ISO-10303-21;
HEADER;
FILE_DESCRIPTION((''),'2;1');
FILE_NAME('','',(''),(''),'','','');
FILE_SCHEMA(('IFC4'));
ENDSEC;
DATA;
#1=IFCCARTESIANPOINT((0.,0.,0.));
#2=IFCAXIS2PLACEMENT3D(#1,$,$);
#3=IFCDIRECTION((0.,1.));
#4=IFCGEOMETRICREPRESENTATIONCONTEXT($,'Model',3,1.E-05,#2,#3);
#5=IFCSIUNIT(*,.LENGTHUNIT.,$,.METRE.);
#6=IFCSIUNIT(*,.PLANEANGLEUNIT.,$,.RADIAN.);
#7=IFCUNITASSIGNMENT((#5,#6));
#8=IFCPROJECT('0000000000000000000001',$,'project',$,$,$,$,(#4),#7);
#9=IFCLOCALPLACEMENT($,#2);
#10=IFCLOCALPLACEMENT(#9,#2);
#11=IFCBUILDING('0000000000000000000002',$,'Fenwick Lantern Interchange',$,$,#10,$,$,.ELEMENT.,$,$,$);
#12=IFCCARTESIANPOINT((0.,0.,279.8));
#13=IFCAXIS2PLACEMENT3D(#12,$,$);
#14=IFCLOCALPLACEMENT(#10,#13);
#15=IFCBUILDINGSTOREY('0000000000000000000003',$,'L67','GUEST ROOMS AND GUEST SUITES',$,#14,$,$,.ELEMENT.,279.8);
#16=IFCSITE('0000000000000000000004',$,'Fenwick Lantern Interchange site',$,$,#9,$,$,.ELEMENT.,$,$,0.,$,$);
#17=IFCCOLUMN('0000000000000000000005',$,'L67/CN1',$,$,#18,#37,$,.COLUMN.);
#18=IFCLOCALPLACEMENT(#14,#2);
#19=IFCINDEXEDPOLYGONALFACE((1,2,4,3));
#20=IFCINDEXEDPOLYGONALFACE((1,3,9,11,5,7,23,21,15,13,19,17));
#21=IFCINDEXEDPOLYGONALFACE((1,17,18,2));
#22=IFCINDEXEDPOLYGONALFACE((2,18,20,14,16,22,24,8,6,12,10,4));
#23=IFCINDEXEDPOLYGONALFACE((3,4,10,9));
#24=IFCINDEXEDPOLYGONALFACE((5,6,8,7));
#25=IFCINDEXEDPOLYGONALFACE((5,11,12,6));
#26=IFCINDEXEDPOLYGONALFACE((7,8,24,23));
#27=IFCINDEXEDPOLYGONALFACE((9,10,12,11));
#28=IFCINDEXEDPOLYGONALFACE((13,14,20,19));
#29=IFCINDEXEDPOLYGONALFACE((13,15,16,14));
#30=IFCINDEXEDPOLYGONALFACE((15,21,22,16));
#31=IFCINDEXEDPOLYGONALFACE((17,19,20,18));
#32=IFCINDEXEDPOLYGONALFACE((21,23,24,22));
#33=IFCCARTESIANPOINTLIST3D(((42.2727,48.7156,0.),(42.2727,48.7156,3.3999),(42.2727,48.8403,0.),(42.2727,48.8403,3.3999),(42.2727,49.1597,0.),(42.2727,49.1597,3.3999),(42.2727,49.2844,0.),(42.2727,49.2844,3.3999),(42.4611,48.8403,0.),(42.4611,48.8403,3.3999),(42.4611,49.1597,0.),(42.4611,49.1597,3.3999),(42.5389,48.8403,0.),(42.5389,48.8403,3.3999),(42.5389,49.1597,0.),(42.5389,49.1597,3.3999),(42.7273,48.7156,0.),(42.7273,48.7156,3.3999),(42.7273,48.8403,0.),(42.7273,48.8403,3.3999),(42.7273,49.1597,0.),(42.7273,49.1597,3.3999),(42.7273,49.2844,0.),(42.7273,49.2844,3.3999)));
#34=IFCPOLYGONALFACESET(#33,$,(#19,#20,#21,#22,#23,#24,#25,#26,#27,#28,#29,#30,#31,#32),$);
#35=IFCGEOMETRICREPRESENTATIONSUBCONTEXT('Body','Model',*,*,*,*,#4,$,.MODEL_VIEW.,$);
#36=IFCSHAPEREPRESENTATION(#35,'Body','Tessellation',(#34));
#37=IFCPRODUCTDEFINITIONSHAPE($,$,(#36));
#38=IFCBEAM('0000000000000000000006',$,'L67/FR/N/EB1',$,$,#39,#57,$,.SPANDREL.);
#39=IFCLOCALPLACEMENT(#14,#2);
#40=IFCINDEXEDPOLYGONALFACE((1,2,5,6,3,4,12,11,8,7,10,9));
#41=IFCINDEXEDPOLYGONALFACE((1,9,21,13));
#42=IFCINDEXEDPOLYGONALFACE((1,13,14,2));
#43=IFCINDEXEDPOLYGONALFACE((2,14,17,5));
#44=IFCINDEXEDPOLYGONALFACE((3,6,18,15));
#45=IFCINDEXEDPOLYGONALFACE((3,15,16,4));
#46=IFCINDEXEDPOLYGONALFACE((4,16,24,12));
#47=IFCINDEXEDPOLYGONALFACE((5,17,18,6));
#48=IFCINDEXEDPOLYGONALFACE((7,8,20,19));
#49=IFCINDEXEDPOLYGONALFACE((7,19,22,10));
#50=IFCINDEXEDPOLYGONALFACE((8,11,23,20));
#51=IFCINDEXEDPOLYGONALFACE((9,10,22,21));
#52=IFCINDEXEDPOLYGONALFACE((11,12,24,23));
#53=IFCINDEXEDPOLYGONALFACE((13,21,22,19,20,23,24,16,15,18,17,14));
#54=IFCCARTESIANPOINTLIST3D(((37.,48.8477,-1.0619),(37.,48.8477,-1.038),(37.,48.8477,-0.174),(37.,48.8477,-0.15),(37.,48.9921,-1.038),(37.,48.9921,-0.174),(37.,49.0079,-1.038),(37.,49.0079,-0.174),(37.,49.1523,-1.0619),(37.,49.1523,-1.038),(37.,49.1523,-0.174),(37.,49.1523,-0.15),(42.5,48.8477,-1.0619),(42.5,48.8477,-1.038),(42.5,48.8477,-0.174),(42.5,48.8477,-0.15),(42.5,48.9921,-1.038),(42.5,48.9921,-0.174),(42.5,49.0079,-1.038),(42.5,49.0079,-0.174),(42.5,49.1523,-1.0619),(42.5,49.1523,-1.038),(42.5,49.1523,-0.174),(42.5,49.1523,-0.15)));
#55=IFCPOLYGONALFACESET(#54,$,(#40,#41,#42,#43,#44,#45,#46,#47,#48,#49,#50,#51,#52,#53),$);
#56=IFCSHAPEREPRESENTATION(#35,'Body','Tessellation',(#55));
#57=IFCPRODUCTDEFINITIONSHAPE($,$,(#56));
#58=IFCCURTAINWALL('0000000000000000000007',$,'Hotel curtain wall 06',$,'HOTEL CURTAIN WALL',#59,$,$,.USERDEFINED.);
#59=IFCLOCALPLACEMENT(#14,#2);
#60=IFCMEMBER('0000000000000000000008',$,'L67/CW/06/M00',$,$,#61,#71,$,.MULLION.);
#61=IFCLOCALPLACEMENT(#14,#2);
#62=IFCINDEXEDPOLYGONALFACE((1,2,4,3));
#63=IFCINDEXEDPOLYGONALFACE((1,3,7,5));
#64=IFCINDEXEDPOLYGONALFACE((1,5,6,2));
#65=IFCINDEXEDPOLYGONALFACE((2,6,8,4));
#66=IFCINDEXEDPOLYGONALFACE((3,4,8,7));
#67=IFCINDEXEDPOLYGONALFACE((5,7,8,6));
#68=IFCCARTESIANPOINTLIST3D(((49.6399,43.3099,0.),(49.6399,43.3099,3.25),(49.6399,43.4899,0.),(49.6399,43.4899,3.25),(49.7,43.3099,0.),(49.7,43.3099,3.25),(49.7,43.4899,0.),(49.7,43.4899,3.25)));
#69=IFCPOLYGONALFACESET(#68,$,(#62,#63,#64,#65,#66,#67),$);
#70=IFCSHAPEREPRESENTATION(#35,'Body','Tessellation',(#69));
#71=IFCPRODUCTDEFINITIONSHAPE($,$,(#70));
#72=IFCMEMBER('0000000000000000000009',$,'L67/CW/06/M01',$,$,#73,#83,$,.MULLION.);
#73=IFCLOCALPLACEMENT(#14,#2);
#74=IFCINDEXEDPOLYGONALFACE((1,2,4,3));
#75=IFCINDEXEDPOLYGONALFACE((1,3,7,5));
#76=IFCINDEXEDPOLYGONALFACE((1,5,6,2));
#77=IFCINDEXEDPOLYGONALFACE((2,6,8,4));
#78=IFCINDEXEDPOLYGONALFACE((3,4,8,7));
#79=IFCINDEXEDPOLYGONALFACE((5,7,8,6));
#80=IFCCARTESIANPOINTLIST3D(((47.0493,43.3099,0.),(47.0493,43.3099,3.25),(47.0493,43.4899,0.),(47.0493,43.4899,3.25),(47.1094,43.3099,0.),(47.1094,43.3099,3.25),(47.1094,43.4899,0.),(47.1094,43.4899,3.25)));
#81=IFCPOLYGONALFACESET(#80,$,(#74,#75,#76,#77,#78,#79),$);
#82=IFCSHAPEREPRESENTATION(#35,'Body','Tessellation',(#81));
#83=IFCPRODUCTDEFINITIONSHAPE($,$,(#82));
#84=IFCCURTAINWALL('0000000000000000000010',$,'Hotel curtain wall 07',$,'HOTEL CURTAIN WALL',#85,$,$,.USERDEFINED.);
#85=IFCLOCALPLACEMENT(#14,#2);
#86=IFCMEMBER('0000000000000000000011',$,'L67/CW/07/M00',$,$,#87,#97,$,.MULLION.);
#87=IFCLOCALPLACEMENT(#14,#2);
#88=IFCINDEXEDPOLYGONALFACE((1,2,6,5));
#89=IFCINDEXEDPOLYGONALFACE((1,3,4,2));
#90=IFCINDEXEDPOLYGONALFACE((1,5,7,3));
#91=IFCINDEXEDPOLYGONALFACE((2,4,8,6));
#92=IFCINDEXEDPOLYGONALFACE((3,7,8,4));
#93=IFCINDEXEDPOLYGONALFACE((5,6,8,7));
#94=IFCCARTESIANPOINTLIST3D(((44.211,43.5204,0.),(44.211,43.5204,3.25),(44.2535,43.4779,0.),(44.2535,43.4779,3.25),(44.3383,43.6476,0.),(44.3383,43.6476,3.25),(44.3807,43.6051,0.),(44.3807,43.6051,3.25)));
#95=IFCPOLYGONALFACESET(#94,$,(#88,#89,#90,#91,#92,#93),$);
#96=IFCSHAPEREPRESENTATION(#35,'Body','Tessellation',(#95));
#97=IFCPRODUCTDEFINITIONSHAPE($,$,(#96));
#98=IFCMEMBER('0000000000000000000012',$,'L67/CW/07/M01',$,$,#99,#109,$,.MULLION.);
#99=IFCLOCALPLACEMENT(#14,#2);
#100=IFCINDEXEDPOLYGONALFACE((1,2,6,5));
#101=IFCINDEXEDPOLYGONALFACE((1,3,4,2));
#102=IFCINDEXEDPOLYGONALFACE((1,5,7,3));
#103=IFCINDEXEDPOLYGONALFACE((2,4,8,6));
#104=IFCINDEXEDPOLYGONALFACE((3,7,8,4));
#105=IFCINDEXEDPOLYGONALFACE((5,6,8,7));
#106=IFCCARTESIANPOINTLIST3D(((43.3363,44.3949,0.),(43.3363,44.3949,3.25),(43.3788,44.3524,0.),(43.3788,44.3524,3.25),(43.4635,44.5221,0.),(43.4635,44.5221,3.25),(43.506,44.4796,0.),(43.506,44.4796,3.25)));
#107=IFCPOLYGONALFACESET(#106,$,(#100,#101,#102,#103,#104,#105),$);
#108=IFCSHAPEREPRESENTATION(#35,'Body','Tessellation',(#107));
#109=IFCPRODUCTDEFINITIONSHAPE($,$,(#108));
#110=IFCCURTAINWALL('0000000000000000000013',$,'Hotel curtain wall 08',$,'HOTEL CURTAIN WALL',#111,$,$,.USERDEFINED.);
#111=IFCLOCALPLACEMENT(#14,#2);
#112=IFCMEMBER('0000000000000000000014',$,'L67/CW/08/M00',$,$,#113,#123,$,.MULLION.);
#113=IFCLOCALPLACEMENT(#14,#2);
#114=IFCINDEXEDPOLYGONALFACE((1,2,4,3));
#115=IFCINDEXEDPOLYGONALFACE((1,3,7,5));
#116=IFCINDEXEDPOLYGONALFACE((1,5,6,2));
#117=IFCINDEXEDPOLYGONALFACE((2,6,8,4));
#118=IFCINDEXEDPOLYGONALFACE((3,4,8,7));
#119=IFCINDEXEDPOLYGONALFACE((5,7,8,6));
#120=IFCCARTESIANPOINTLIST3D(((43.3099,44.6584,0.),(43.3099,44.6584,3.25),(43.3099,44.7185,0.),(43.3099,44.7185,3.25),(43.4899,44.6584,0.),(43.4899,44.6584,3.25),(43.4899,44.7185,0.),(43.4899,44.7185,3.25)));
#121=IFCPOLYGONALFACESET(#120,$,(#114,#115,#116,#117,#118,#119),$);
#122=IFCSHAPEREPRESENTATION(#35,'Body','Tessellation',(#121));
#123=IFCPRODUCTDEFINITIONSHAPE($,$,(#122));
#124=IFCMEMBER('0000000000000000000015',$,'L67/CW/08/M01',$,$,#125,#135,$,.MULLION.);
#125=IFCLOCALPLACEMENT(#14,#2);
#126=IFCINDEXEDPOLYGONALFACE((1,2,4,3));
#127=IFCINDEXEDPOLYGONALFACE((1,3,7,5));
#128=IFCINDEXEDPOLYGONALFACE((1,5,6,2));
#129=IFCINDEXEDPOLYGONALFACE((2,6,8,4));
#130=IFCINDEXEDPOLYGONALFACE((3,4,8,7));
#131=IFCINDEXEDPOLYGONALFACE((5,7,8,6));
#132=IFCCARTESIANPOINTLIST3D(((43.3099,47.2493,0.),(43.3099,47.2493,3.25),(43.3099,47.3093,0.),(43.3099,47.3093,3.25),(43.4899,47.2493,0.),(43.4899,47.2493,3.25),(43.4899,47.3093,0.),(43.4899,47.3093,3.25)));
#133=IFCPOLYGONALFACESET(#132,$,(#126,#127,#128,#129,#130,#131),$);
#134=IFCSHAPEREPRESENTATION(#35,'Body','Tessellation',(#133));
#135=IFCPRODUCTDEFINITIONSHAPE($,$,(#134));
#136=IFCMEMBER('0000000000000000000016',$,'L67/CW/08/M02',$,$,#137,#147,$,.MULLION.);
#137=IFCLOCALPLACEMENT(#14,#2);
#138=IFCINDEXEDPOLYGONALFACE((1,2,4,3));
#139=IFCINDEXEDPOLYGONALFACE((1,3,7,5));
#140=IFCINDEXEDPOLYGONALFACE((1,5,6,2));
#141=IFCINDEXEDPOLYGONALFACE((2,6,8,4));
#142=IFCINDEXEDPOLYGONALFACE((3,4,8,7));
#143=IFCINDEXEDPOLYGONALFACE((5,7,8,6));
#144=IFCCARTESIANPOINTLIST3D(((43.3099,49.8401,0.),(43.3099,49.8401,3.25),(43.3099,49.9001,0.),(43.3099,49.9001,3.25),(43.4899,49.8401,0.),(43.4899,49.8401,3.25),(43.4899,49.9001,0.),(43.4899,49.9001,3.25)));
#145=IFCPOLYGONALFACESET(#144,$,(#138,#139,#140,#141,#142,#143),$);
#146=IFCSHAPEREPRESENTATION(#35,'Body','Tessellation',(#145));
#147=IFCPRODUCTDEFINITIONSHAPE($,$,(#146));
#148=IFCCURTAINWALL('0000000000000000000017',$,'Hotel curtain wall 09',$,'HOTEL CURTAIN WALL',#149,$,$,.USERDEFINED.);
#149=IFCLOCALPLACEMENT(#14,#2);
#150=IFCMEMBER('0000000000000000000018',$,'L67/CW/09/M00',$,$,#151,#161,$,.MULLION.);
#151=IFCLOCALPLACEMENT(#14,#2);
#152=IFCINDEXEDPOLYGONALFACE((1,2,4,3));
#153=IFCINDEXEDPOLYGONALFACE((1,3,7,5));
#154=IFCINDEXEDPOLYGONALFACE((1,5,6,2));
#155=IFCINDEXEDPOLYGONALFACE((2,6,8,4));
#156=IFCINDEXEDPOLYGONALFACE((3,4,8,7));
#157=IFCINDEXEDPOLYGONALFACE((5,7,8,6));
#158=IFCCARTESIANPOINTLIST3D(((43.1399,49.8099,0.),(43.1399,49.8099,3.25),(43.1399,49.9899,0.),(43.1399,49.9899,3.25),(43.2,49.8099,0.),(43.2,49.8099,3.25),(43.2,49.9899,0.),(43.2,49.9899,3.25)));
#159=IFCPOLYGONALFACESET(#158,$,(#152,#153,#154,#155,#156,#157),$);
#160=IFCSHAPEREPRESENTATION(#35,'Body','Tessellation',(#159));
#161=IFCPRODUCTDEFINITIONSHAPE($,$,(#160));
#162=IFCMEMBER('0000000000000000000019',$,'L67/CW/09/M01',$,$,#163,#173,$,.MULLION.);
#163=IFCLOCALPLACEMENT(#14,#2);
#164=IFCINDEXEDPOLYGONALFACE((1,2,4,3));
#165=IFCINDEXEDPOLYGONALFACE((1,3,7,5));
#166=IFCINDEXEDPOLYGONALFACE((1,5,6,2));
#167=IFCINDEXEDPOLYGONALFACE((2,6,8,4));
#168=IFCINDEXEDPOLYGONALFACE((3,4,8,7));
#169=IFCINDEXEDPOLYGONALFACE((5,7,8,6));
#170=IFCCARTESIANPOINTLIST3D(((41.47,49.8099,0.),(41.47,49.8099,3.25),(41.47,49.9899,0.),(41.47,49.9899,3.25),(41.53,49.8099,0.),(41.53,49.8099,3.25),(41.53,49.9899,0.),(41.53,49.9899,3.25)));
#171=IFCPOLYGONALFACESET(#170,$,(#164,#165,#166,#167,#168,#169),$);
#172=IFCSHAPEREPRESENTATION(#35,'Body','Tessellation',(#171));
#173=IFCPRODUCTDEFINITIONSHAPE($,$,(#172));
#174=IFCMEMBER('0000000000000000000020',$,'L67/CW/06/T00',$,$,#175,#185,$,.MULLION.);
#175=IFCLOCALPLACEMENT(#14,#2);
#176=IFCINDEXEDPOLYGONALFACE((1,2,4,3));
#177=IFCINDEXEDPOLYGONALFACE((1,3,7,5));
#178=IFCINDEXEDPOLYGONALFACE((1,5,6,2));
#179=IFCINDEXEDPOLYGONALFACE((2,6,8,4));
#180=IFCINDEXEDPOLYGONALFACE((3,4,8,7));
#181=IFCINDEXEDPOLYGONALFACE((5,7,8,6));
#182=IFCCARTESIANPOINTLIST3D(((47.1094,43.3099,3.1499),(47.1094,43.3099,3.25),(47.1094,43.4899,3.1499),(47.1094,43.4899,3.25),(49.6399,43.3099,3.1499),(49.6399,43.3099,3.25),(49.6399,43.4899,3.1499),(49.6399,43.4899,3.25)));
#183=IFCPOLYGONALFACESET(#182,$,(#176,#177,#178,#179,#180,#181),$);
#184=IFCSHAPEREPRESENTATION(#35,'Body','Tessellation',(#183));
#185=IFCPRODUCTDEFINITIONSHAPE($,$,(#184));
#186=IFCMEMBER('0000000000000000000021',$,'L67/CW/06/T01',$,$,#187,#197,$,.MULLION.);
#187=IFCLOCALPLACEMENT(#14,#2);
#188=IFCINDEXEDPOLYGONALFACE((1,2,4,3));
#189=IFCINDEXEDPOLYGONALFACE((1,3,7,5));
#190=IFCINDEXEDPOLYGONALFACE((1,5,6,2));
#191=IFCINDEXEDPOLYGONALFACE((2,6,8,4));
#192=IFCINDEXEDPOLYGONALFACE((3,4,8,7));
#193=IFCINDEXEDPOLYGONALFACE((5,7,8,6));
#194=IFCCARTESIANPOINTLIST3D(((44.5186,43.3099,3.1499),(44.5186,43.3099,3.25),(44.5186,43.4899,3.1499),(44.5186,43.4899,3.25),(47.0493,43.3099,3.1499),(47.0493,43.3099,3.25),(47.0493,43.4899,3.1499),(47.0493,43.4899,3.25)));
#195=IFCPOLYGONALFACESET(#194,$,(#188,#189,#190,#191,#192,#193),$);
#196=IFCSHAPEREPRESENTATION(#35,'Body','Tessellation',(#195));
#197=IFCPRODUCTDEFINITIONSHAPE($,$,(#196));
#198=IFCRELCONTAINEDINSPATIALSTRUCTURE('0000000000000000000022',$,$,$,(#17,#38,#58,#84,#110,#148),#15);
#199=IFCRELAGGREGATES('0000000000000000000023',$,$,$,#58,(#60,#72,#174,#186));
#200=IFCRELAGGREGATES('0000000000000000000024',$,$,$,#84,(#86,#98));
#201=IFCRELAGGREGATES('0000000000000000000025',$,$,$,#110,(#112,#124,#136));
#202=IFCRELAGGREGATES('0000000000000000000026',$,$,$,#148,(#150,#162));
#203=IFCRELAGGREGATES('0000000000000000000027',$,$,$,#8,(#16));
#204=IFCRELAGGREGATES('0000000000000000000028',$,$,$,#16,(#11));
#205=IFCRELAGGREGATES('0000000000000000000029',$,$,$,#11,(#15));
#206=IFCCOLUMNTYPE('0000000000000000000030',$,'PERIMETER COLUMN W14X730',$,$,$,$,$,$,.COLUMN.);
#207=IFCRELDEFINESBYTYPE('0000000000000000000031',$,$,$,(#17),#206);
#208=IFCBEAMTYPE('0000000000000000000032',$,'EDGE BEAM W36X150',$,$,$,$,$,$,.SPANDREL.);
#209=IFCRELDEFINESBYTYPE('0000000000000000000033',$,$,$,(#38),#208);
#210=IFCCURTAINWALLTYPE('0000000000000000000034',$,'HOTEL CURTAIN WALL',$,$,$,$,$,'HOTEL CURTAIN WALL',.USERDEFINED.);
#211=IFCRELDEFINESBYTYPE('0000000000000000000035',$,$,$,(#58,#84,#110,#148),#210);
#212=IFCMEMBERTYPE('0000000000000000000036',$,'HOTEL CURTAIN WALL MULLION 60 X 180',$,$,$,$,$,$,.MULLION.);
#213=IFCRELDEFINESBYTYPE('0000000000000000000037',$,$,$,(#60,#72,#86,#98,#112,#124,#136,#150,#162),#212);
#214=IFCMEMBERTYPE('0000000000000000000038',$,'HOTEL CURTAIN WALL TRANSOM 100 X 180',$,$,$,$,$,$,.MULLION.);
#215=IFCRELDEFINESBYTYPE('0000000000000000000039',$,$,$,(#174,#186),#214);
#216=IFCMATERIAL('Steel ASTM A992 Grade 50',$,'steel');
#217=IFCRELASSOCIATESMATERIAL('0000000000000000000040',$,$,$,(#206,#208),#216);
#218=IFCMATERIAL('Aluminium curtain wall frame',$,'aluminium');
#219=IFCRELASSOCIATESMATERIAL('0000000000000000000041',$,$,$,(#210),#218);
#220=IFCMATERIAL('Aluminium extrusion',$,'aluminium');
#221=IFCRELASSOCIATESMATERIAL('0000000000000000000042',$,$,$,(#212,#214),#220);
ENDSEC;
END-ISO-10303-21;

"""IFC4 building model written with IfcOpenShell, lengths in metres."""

from ifc_helpers import new_model, si_unit, direction, frame, origin, origin_2d, place, context, subcontext, project, spatial, rectangle, i_section, extrude, material, material_profile, profile_set, type_object, element, aggregate, save


model = new_model("IFC4")

# Units and contexts
model_context = context("Model", 3, precision=1e-05, world=origin(), true_north=direction((0.0, 1.0)))
body_context = subcontext(model_context, "Body", "Model", "MODEL_VIEW")
ifc_project = project(units=[si_unit("LENGTHUNIT", "METRE"), si_unit("PLANEANGLEUNIT", "RADIAN")], contexts=[model_context])

# Site, building, storey
site_placement = place(None, origin())
site = spatial("IfcSite", under=ifc_project, at=site_placement, Name="Fenwick Lantern Interchange site", CompositionType="ELEMENT", RefElevation=0.0)
building_placement = place(site_placement, origin())
building = spatial("IfcBuilding", under=site, at=building_placement, Name="Fenwick Lantern Interchange", CompositionType="ELEMENT")
storey_placement = place(building_placement, frame((0.0, 0.0, 279.8)))
storey = spatial("IfcBuildingStorey", under=building, at=storey_placement, Name="L67", Description="GUEST ROOMS AND GUEST SUITES", CompositionType="ELEMENT", Elevation=279.8)

# Column
ifc_material_1 = material(Name="Steel ASTM A992 Grade 50", Category="steel")
ifc_material_profile_1 = material_profile(ifc_material_1, i_section(OverallWidth=0.4546, OverallDepth=0.5688, WebThickness=0.0779, FlangeThickness=0.1248, at=origin_2d()), Name="W14X730")
ifc_profile_set_1 = profile_set([ifc_material_profile_1], Name="Steel ASTM A992 Grade 50")
column_type = type_object("IfcColumnType", Name="PERIMETER COLUMN W14X730", PredefinedType="COLUMN", material=ifc_profile_set_1)
column_placement = place(storey_placement, frame((42.5, 49.0, 0.0), z_axis=(0.0, 0.0, 1.0), x_axis=(1.0, 0.0, 0.0)))
element("IfcColumn", 1, at=column_placement, inside=storey, type_object=column_type, Name="L67/CN1", PredefinedType="COLUMN", context=body_context, shape_type="SweptSolid", body=[
    extrude(i_section(OverallWidth=0.4546, OverallDepth=0.5688, WebThickness=0.0779, FlangeThickness=0.1248, at=origin_2d()), origin(), (0.0, 0.0, 1.0), 3.3999),
])

# Beam
ifc_material_profile_2 = material_profile(ifc_material_1, i_section(OverallWidth=0.3047, OverallDepth=0.9119, WebThickness=0.0159, FlangeThickness=0.0239, at=origin_2d()), Name="W36X150")
ifc_profile_set_2 = profile_set([ifc_material_profile_2], Name="Steel ASTM A992 Grade 50")
beam_type = type_object("IfcBeamType", Name="EDGE BEAM W36X150", PredefinedType="SPANDREL", material=ifc_profile_set_2)
beam_placement = place(storey_placement, frame((42.5, 49.0, -0.606), z_axis=(-1.0, 0.0, 0.0), x_axis=(0.0, -1.0, 0.0)))
element("IfcBeam", 2, at=beam_placement, inside=storey, type_object=beam_type, Name="L67/FR/N/EB1", PredefinedType="SPANDREL", context=body_context, shape_type="SweptSolid", body=[
    extrude(i_section(OverallWidth=0.3047, OverallDepth=0.9119, WebThickness=0.0159, FlangeThickness=0.0239, at=origin_2d()), origin(), (0.0, 0.0, 1.0), 5.5),
])

# Curtain walls, members
ifc_material_2 = material(Name="Aluminium curtain wall frame", Category="aluminium")
curtain_wall_type = type_object("IfcCurtainWallType", Name="HOTEL CURTAIN WALL", ElementType="HOTEL CURTAIN WALL", PredefinedType="USERDEFINED", material=ifc_material_2)
curtain_wall_1_placement = place(storey_placement, origin())
curtain_wall_1 = element("IfcCurtainWall", 3, at=curtain_wall_1_placement, inside=storey, type_object=curtain_wall_type, Name="Hotel curtain wall 06", ObjectType="HOTEL CURTAIN WALL", PredefinedType="USERDEFINED")
ifc_material_3 = material(Name="Aluminium extrusion", Category="aluminium")
ifc_material_profile_3 = material_profile(ifc_material_3, rectangle(XDim=0.1799, YDim=0.0601, at=origin_2d()), Name="HOTEL CURTAIN WALL MULLION 60 X 180")
ifc_profile_set_3 = profile_set([ifc_material_profile_3], Name="Aluminium extrusion")
member_type_1 = type_object("IfcMemberType", Name="HOTEL CURTAIN WALL MULLION 60 X 180", PredefinedType="MULLION", material=ifc_profile_set_3)
member_1_placement = place(storey_placement, frame((49.6699, 43.3999, 0.0), z_axis=(0.0, 0.0, 1.0), x_axis=(0.0, -1.0, 0.0)))
member_1 = element("IfcMember", 4, at=member_1_placement, type_object=member_type_1, Name="L67/CW/06/M00", PredefinedType="MULLION", context=body_context, shape_type="SweptSolid", body=[
    extrude(rectangle(XDim=0.1799, YDim=0.0601, at=origin_2d()), origin(), (0.0, 0.0, 1.0), 3.25),
])
member_2_placement = place(storey_placement, frame((47.0793, 43.3999, 0.0), z_axis=(0.0, 0.0, 1.0), x_axis=(0.0, -1.0, 0.0)))
member_2 = element("IfcMember", 5, at=member_2_placement, type_object=member_type_1, Name="L67/CW/06/M01", PredefinedType="MULLION", context=body_context, shape_type="SweptSolid", body=[
    extrude(rectangle(XDim=0.1799, YDim=0.0601, at=origin_2d()), origin(), (0.0, 0.0, 1.0), 3.25),
])
curtain_wall_2_placement = place(storey_placement, origin())
curtain_wall_2 = element("IfcCurtainWall", 6, at=curtain_wall_2_placement, inside=storey, type_object=curtain_wall_type, Name="Hotel curtain wall 07", ObjectType="HOTEL CURTAIN WALL", PredefinedType="USERDEFINED")
member_3_placement = place(storey_placement, frame((44.2959, 43.5627, 0.0), z_axis=(0.0, 0.0, 1.0), x_axis=(-0.707107, -0.707107, 0.0)))
member_3 = element("IfcMember", 7, at=member_3_placement, type_object=member_type_1, Name="L67/CW/07/M00", PredefinedType="MULLION", context=body_context, shape_type="SweptSolid", body=[
    extrude(rectangle(XDim=0.1799, YDim=0.0601, at=origin_2d()), origin(), (0.0, 0.0, 1.0), 3.25),
])
member_4_placement = place(storey_placement, frame((43.4211, 44.4373, 0.0), z_axis=(0.0, 0.0, 1.0), x_axis=(-0.707107, -0.707107, 0.0)))
member_4 = element("IfcMember", 8, at=member_4_placement, type_object=member_type_1, Name="L67/CW/07/M01", PredefinedType="MULLION", context=body_context, shape_type="SweptSolid", body=[
    extrude(rectangle(XDim=0.1799, YDim=0.0601, at=origin_2d()), origin(), (0.0, 0.0, 1.0), 3.25),
])
curtain_wall_3_placement = place(storey_placement, origin())
curtain_wall_3 = element("IfcCurtainWall", 9, at=curtain_wall_3_placement, inside=storey, type_object=curtain_wall_type, Name="Hotel curtain wall 08", ObjectType="HOTEL CURTAIN WALL", PredefinedType="USERDEFINED")
member_5_placement = place(storey_placement, frame((43.3999, 44.6885, 0.0), z_axis=(0.0, 0.0, 1.0), x_axis=(-1.0, 0.0, 0.0)))
member_5 = element("IfcMember", 10, at=member_5_placement, type_object=member_type_1, Name="L67/CW/08/M00", PredefinedType="MULLION", context=body_context, shape_type="SweptSolid", body=[
    extrude(rectangle(XDim=0.1799, YDim=0.0601, at=origin_2d()), origin(), (0.0, 0.0, 1.0), 3.25),
])
member_6_placement = place(storey_placement, frame((43.3999, 47.2793, 0.0), z_axis=(0.0, 0.0, 1.0), x_axis=(-1.0, 0.0, 0.0)))
member_6 = element("IfcMember", 11, at=member_6_placement, type_object=member_type_1, Name="L67/CW/08/M01", PredefinedType="MULLION", context=body_context, shape_type="SweptSolid", body=[
    extrude(rectangle(XDim=0.1799, YDim=0.0601, at=origin_2d()), origin(), (0.0, 0.0, 1.0), 3.25),
])
member_7_placement = place(storey_placement, frame((43.3999, 49.8701, 0.0), z_axis=(0.0, 0.0, 1.0), x_axis=(-1.0, 0.0, 0.0)))
member_7 = element("IfcMember", 12, at=member_7_placement, type_object=member_type_1, Name="L67/CW/08/M02", PredefinedType="MULLION", context=body_context, shape_type="SweptSolid", body=[
    extrude(rectangle(XDim=0.1799, YDim=0.0601, at=origin_2d()), origin(), (0.0, 0.0, 1.0), 3.25),
])
curtain_wall_4_placement = place(storey_placement, origin())
curtain_wall_4 = element("IfcCurtainWall", 13, at=curtain_wall_4_placement, inside=storey, type_object=curtain_wall_type, Name="Hotel curtain wall 09", ObjectType="HOTEL CURTAIN WALL", PredefinedType="USERDEFINED")
member_8_placement = place(storey_placement, frame((43.1699, 49.8999, 0.0), z_axis=(0.0, 0.0, 1.0), x_axis=(0.0, -1.0, 0.0)))
member_8 = element("IfcMember", 14, at=member_8_placement, type_object=member_type_1, Name="L67/CW/09/M00", PredefinedType="MULLION", context=body_context, shape_type="SweptSolid", body=[
    extrude(rectangle(XDim=0.1799, YDim=0.0601, at=origin_2d()), origin(), (0.0, 0.0, 1.0), 3.25),
])
member_9_placement = place(storey_placement, frame((41.5, 49.8999, 0.0), z_axis=(0.0, 0.0, 1.0), x_axis=(0.0, -1.0, 0.0)))
member_9 = element("IfcMember", 15, at=member_9_placement, type_object=member_type_1, Name="L67/CW/09/M01", PredefinedType="MULLION", context=body_context, shape_type="SweptSolid", body=[
    extrude(rectangle(XDim=0.1799, YDim=0.0601, at=origin_2d()), origin(), (0.0, 0.0, 1.0), 3.25),
])

# Members
ifc_material_profile_4 = material_profile(ifc_material_3, rectangle(XDim=0.1799, YDim=0.1001, at=origin_2d()), Name="HOTEL CURTAIN WALL TRANSOM 100 X 180")
ifc_profile_set_4 = profile_set([ifc_material_profile_4], Name="Aluminium extrusion")
member_type_2 = type_object("IfcMemberType", Name="HOTEL CURTAIN WALL TRANSOM 100 X 180", PredefinedType="MULLION", material=ifc_profile_set_4)
member_10_placement = place(storey_placement, frame((49.6399, 43.3999, 3.2), z_axis=(-1.0, 0.0, 0.0), x_axis=(0.0, -1.0, 0.0)))
member_10 = element("IfcMember", 16, at=member_10_placement, type_object=member_type_2, Name="L67/CW/06/T00", PredefinedType="MULLION", context=body_context, shape_type="SweptSolid", body=[
    extrude(rectangle(XDim=0.1799, YDim=0.1001, at=origin_2d()), origin(), (0.0, 0.0, 1.0), 2.5305),
])
member_11_placement = place(storey_placement, frame((47.0493, 43.3999, 3.2), z_axis=(-1.0, 0.0, 0.0), x_axis=(0.0, -1.0, 0.0)))
member_11 = element("IfcMember", 17, at=member_11_placement, type_object=member_type_2, Name="L67/CW/06/T01", PredefinedType="MULLION", context=body_context, shape_type="SweptSolid", body=[
    extrude(rectangle(XDim=0.1799, YDim=0.1001, at=origin_2d()), origin(), (0.0, 0.0, 1.0), 2.5308),
])
aggregate(curtain_wall_1, [member_1, member_2, member_10, member_11])

aggregate(curtain_wall_2, [member_3, member_4])
aggregate(curtain_wall_3, [member_5, member_6, member_7])
aggregate(curtain_wall_4, [member_8, member_9])

save(model, "model.ifc")
